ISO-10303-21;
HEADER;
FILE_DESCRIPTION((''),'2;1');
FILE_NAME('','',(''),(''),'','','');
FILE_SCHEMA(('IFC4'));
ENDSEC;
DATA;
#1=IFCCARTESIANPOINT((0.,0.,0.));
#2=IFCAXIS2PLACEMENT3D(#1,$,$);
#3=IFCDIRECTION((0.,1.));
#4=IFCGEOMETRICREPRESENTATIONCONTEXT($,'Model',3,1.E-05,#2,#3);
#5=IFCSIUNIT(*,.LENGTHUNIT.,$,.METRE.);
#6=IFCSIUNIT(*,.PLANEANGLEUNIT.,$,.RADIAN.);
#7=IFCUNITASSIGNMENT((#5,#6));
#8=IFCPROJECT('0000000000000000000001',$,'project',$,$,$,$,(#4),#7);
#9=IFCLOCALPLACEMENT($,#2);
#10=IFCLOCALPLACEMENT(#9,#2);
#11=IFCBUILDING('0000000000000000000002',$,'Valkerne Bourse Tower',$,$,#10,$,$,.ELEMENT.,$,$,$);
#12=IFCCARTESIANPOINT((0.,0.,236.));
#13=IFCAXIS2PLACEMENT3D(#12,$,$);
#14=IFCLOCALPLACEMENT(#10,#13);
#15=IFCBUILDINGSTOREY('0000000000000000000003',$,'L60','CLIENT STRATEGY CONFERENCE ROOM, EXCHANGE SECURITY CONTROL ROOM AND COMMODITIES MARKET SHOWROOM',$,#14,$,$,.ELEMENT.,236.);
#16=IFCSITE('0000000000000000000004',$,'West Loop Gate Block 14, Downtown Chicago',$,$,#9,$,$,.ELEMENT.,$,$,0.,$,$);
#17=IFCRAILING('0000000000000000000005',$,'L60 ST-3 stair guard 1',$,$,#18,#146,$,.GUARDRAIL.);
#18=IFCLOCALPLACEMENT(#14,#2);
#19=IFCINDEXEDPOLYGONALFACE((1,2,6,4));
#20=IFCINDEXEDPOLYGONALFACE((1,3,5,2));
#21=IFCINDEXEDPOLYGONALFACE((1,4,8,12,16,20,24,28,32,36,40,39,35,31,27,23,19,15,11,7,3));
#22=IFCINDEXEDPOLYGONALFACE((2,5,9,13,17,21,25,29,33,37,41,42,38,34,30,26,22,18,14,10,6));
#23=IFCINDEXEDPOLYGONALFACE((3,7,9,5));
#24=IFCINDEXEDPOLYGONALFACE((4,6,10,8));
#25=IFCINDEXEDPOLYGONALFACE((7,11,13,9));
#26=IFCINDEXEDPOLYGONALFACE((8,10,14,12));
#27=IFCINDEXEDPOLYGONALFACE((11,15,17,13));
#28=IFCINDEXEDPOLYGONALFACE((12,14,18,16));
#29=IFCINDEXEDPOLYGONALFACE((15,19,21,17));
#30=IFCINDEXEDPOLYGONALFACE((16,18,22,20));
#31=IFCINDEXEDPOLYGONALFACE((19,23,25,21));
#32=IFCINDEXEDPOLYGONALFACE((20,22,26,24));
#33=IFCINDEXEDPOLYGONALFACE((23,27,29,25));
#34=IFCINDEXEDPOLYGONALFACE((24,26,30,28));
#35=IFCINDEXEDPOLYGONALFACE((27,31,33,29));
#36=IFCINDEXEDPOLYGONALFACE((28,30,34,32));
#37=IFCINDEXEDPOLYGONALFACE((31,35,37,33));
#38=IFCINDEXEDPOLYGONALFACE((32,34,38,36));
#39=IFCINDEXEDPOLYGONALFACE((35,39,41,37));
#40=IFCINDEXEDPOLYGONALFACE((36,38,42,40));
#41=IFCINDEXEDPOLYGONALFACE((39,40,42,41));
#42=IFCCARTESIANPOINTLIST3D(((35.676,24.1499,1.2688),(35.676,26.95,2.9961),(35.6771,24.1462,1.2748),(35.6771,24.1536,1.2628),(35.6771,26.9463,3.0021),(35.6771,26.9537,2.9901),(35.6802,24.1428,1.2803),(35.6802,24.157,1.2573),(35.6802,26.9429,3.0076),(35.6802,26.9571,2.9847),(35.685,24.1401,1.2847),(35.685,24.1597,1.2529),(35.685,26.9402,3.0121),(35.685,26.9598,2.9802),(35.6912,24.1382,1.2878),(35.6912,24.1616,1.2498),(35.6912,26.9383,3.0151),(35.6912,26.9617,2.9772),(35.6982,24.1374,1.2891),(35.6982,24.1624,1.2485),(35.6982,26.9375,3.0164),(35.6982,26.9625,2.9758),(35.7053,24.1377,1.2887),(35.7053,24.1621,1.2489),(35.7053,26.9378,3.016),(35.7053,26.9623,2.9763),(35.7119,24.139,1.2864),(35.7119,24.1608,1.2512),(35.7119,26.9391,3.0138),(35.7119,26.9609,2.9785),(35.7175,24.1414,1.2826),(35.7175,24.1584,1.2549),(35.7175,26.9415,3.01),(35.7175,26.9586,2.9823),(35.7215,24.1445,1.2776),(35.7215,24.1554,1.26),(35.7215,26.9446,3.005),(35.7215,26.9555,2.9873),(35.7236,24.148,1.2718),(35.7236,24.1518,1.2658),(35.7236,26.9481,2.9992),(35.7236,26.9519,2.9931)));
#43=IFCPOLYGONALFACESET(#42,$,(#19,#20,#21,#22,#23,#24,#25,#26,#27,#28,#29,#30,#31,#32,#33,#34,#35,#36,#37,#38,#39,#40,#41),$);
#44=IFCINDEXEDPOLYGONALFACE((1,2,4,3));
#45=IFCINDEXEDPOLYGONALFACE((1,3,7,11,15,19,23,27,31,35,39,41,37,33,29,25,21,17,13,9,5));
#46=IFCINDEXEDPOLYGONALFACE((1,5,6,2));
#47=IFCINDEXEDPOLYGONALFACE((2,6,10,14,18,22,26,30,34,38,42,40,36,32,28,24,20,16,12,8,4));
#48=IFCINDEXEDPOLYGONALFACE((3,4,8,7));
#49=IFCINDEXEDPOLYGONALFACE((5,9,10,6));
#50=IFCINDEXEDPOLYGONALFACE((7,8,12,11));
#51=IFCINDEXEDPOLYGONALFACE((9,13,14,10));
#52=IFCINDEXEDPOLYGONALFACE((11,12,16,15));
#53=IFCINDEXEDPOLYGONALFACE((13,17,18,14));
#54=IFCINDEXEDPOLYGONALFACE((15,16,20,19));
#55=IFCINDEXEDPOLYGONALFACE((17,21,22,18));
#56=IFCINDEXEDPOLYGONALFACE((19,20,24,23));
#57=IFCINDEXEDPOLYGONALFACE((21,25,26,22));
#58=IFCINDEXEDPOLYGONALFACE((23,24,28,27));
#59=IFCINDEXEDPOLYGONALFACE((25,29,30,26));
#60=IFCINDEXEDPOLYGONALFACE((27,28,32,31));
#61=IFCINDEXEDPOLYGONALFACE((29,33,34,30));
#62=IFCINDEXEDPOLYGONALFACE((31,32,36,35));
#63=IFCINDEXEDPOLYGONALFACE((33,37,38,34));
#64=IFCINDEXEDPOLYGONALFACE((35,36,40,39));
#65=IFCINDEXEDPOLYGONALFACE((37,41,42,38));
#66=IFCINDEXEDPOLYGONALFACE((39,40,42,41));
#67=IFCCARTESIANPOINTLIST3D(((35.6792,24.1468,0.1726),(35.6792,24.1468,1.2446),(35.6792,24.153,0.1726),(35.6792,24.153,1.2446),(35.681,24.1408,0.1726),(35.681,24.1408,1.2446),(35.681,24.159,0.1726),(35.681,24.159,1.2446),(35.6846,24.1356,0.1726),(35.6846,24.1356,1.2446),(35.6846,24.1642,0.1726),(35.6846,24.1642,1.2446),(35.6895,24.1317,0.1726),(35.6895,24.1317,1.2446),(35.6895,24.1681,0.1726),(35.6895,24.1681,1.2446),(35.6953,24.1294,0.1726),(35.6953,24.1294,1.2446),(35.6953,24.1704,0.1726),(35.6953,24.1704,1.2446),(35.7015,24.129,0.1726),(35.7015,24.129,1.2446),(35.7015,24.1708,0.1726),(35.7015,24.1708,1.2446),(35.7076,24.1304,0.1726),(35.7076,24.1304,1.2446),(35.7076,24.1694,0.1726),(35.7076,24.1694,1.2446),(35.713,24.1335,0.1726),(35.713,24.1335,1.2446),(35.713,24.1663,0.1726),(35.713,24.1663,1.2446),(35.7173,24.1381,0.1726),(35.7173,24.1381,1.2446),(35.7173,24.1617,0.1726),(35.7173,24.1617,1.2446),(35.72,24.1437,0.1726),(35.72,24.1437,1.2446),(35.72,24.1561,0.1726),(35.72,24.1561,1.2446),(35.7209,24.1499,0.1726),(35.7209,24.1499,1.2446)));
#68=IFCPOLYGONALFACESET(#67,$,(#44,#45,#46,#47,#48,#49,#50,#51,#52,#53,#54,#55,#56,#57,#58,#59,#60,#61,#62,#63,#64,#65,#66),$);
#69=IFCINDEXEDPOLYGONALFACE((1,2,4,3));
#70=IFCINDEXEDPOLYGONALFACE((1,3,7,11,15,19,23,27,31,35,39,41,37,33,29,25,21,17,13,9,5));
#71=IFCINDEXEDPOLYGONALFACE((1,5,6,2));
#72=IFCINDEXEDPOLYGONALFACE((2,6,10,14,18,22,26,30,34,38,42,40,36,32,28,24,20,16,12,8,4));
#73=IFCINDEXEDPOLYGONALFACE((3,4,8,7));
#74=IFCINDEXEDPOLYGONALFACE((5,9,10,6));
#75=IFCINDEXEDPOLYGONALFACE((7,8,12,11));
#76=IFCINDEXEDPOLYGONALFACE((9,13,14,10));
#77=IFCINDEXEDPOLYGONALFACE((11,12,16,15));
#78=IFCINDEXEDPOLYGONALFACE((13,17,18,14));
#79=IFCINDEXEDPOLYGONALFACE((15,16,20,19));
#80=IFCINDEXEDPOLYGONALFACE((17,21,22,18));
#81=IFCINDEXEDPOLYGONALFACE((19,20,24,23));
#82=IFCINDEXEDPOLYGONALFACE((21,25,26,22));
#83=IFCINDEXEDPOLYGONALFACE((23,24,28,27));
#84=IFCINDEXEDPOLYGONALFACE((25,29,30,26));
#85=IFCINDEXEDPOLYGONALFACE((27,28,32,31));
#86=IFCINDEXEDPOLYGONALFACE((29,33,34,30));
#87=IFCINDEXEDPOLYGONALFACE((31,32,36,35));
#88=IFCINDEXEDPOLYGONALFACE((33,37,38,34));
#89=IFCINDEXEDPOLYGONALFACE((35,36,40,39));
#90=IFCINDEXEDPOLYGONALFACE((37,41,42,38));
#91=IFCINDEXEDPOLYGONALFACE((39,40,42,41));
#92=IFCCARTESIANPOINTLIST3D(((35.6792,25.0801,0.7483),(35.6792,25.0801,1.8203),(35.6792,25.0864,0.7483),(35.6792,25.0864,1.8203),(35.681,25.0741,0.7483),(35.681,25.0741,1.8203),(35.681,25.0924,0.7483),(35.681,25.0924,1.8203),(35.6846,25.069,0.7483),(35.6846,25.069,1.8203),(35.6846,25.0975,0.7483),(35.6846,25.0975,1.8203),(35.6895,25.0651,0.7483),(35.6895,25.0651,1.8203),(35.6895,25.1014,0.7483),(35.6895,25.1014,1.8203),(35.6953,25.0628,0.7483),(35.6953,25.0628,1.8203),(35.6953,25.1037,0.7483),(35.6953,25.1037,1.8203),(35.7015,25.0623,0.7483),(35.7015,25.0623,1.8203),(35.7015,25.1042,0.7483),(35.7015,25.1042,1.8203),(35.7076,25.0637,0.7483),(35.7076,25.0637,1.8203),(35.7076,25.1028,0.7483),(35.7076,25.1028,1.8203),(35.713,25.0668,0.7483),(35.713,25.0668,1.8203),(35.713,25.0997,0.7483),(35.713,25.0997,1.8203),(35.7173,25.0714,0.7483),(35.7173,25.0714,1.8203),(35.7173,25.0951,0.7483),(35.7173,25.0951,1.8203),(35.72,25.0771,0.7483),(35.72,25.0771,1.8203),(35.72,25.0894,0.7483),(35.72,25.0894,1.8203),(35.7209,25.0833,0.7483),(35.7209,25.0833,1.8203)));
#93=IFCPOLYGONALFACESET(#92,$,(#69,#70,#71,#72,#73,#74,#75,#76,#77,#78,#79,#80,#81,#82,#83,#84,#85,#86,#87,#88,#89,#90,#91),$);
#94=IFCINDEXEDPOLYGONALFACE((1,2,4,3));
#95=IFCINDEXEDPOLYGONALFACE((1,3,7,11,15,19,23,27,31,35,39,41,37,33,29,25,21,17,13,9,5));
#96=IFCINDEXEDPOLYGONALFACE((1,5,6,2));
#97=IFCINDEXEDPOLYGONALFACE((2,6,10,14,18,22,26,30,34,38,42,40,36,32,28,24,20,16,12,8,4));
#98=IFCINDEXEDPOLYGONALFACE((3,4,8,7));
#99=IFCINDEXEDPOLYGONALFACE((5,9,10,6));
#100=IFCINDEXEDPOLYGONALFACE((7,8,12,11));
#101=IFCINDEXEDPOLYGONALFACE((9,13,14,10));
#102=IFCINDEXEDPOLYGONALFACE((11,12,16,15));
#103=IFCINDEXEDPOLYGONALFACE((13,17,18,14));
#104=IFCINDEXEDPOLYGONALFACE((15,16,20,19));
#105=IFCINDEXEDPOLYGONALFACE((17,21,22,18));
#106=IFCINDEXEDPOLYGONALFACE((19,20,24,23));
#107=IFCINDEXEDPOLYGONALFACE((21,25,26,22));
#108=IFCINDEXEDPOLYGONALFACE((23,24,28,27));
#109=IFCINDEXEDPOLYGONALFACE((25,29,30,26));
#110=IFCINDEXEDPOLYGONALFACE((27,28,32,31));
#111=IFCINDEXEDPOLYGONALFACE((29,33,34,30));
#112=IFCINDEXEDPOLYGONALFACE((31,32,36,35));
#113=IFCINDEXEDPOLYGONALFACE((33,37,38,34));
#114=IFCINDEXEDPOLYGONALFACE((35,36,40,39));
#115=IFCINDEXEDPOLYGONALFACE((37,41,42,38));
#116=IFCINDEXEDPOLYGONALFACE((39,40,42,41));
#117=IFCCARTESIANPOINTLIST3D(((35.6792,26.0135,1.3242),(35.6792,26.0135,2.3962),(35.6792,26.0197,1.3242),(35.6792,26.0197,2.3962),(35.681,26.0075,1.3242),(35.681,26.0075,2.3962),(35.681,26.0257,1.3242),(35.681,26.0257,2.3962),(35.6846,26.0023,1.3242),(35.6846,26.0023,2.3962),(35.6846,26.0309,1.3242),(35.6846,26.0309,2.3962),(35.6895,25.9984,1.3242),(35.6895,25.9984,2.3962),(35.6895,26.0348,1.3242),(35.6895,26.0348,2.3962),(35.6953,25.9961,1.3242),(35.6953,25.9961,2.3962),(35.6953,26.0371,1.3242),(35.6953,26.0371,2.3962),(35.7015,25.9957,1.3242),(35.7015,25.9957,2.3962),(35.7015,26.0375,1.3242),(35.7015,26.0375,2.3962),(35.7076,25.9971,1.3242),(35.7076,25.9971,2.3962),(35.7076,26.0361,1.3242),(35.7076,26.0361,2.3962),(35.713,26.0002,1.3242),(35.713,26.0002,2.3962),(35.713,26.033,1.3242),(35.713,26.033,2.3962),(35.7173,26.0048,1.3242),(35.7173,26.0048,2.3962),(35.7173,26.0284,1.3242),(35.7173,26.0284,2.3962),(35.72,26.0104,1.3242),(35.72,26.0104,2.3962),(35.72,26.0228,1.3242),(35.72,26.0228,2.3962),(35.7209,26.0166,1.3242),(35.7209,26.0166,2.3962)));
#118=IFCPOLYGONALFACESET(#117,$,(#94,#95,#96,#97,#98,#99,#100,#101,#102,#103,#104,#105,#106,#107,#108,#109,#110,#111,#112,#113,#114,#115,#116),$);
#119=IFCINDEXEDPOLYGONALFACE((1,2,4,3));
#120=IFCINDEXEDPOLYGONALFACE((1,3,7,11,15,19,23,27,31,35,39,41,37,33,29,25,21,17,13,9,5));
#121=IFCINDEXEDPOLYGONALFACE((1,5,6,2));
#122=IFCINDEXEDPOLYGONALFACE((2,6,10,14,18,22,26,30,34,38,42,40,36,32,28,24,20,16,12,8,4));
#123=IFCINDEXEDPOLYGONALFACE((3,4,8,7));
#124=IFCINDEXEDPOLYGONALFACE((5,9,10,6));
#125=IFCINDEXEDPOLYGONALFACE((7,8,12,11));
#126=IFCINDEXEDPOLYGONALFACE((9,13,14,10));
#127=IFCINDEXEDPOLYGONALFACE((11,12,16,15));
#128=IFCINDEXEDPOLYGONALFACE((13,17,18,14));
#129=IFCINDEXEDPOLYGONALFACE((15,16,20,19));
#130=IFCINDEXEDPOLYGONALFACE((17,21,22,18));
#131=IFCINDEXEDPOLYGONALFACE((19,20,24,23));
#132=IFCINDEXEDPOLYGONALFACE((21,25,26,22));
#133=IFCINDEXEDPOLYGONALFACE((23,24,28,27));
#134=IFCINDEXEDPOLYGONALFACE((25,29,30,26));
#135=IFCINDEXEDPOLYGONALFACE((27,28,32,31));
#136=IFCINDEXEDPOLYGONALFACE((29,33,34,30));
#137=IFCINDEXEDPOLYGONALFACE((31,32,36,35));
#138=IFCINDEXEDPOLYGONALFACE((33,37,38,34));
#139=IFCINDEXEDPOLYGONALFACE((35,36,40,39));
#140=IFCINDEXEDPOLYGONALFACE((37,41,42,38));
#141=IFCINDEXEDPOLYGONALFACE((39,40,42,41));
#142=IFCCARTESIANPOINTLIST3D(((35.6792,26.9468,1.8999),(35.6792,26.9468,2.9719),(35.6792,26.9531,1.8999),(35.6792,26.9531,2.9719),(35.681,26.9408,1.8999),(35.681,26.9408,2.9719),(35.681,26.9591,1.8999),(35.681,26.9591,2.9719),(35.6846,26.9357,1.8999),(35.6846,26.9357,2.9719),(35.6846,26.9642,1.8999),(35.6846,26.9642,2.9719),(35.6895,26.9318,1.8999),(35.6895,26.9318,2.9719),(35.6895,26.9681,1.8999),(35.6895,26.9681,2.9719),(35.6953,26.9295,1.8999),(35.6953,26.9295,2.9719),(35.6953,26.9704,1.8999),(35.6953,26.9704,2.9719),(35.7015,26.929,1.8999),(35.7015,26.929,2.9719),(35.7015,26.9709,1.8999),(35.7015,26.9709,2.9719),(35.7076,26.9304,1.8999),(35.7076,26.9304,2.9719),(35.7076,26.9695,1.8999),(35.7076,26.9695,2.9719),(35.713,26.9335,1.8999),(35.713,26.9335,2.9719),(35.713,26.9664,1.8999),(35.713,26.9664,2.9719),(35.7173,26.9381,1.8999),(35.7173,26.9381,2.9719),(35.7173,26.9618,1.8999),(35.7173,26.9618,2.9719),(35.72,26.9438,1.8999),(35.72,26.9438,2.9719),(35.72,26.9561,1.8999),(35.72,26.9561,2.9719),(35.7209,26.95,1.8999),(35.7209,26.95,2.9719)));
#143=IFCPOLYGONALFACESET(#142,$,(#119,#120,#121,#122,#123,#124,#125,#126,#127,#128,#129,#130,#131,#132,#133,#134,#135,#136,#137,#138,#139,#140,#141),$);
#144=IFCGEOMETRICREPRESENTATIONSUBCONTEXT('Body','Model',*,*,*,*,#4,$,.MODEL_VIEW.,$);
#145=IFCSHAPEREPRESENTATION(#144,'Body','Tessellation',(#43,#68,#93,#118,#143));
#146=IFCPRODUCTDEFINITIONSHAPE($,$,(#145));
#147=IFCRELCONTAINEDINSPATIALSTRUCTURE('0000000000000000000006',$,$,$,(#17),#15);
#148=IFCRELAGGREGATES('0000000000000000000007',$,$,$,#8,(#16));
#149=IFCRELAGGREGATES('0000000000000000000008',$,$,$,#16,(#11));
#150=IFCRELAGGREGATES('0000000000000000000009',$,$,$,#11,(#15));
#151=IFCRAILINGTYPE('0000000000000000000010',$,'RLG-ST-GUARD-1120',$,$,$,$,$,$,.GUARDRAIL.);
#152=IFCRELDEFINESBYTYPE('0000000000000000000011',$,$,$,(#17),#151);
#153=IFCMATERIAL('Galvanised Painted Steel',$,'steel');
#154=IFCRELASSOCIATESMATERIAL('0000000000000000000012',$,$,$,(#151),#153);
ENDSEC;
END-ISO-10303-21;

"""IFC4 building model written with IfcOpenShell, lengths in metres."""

from ifc_helpers import new_model, si_unit, direction, frame, origin, origin_2d, place, context, subcontext, project, spatial, circle, extrude, material, type_object, element, save


model = new_model("IFC4")

# Units and contexts
model_context = context("Model", 3, precision=1e-05, world=origin(), true_north=direction((0.0, 1.0)))
body_context = subcontext(model_context, "Body", "Model", "MODEL_VIEW")
ifc_project = project(units=[si_unit("LENGTHUNIT", "METRE"), si_unit("PLANEANGLEUNIT", "RADIAN")], contexts=[model_context])

# Site, building, storey
site_placement = place(None, origin())
site = spatial("IfcSite", under=ifc_project, at=site_placement, Name="West Loop Gate Block 14, Downtown Chicago", CompositionType="ELEMENT", RefElevation=0.0)
building_placement = place(site_placement, origin())
building = spatial("IfcBuilding", under=site, at=building_placement, Name="Valkerne Bourse Tower", CompositionType="ELEMENT")
storey_placement = place(building_placement, frame((0.0, 0.0, 236.0)))
storey = spatial("IfcBuildingStorey", under=building, at=storey_placement, Name="L60", Description="CLIENT STRATEGY CONFERENCE ROOM, EXCHANGE SECURITY CONTROL ROOM AND COMMODITIES MARKET SHOWROOM", CompositionType="ELEMENT", Elevation=236.0)

# Railing
ifc_material_1 = material(Name="Galvanised Painted Steel", Category="steel")
railing_type_1 = type_object("IfcRailingType", Name="RLG-ST-GUARD-1120", PredefinedType="GUARDRAIL", material=ifc_material_1)
railing_1_placement = place(storey_placement, frame((35.7, 24.1499, 0.1726)))
element("IfcRailing", 1, at=railing_1_placement, inside=storey, type_object=railing_type_1, Name="L60 ST-3 stair guard 1", PredefinedType="GUARDRAIL", context=body_context, shape_type="SweptSolid", body=[
    extrude(circle(Radius=0.0239, at=origin_2d()), frame((0.0, 0.0, 1.0962), z_axis=(0.0, 0.85109, 0.52502), x_axis=(-1.0, 0.0, 0.0)), (0.0, 0.0, 1.0), 3.29),
    extrude(circle(Radius=0.021, at=origin_2d()), origin(), (0.0, 0.0, 1.0), 1.072),
    extrude(circle(Radius=0.021, at=origin_2d()), frame((0.0, 0.9333, 0.5757)), (0.0, 0.0, 1.0), 1.072),
    extrude(circle(Radius=0.021, at=origin_2d()), frame((0.0, 1.8667, 1.1516)), (0.0, 0.0, 1.0), 1.072),
    extrude(circle(Radius=0.021, at=origin_2d()), frame((0.0, 2.8, 1.7273)), (0.0, 0.0, 1.0), 1.072),
])

save(model, "model.ifc")
